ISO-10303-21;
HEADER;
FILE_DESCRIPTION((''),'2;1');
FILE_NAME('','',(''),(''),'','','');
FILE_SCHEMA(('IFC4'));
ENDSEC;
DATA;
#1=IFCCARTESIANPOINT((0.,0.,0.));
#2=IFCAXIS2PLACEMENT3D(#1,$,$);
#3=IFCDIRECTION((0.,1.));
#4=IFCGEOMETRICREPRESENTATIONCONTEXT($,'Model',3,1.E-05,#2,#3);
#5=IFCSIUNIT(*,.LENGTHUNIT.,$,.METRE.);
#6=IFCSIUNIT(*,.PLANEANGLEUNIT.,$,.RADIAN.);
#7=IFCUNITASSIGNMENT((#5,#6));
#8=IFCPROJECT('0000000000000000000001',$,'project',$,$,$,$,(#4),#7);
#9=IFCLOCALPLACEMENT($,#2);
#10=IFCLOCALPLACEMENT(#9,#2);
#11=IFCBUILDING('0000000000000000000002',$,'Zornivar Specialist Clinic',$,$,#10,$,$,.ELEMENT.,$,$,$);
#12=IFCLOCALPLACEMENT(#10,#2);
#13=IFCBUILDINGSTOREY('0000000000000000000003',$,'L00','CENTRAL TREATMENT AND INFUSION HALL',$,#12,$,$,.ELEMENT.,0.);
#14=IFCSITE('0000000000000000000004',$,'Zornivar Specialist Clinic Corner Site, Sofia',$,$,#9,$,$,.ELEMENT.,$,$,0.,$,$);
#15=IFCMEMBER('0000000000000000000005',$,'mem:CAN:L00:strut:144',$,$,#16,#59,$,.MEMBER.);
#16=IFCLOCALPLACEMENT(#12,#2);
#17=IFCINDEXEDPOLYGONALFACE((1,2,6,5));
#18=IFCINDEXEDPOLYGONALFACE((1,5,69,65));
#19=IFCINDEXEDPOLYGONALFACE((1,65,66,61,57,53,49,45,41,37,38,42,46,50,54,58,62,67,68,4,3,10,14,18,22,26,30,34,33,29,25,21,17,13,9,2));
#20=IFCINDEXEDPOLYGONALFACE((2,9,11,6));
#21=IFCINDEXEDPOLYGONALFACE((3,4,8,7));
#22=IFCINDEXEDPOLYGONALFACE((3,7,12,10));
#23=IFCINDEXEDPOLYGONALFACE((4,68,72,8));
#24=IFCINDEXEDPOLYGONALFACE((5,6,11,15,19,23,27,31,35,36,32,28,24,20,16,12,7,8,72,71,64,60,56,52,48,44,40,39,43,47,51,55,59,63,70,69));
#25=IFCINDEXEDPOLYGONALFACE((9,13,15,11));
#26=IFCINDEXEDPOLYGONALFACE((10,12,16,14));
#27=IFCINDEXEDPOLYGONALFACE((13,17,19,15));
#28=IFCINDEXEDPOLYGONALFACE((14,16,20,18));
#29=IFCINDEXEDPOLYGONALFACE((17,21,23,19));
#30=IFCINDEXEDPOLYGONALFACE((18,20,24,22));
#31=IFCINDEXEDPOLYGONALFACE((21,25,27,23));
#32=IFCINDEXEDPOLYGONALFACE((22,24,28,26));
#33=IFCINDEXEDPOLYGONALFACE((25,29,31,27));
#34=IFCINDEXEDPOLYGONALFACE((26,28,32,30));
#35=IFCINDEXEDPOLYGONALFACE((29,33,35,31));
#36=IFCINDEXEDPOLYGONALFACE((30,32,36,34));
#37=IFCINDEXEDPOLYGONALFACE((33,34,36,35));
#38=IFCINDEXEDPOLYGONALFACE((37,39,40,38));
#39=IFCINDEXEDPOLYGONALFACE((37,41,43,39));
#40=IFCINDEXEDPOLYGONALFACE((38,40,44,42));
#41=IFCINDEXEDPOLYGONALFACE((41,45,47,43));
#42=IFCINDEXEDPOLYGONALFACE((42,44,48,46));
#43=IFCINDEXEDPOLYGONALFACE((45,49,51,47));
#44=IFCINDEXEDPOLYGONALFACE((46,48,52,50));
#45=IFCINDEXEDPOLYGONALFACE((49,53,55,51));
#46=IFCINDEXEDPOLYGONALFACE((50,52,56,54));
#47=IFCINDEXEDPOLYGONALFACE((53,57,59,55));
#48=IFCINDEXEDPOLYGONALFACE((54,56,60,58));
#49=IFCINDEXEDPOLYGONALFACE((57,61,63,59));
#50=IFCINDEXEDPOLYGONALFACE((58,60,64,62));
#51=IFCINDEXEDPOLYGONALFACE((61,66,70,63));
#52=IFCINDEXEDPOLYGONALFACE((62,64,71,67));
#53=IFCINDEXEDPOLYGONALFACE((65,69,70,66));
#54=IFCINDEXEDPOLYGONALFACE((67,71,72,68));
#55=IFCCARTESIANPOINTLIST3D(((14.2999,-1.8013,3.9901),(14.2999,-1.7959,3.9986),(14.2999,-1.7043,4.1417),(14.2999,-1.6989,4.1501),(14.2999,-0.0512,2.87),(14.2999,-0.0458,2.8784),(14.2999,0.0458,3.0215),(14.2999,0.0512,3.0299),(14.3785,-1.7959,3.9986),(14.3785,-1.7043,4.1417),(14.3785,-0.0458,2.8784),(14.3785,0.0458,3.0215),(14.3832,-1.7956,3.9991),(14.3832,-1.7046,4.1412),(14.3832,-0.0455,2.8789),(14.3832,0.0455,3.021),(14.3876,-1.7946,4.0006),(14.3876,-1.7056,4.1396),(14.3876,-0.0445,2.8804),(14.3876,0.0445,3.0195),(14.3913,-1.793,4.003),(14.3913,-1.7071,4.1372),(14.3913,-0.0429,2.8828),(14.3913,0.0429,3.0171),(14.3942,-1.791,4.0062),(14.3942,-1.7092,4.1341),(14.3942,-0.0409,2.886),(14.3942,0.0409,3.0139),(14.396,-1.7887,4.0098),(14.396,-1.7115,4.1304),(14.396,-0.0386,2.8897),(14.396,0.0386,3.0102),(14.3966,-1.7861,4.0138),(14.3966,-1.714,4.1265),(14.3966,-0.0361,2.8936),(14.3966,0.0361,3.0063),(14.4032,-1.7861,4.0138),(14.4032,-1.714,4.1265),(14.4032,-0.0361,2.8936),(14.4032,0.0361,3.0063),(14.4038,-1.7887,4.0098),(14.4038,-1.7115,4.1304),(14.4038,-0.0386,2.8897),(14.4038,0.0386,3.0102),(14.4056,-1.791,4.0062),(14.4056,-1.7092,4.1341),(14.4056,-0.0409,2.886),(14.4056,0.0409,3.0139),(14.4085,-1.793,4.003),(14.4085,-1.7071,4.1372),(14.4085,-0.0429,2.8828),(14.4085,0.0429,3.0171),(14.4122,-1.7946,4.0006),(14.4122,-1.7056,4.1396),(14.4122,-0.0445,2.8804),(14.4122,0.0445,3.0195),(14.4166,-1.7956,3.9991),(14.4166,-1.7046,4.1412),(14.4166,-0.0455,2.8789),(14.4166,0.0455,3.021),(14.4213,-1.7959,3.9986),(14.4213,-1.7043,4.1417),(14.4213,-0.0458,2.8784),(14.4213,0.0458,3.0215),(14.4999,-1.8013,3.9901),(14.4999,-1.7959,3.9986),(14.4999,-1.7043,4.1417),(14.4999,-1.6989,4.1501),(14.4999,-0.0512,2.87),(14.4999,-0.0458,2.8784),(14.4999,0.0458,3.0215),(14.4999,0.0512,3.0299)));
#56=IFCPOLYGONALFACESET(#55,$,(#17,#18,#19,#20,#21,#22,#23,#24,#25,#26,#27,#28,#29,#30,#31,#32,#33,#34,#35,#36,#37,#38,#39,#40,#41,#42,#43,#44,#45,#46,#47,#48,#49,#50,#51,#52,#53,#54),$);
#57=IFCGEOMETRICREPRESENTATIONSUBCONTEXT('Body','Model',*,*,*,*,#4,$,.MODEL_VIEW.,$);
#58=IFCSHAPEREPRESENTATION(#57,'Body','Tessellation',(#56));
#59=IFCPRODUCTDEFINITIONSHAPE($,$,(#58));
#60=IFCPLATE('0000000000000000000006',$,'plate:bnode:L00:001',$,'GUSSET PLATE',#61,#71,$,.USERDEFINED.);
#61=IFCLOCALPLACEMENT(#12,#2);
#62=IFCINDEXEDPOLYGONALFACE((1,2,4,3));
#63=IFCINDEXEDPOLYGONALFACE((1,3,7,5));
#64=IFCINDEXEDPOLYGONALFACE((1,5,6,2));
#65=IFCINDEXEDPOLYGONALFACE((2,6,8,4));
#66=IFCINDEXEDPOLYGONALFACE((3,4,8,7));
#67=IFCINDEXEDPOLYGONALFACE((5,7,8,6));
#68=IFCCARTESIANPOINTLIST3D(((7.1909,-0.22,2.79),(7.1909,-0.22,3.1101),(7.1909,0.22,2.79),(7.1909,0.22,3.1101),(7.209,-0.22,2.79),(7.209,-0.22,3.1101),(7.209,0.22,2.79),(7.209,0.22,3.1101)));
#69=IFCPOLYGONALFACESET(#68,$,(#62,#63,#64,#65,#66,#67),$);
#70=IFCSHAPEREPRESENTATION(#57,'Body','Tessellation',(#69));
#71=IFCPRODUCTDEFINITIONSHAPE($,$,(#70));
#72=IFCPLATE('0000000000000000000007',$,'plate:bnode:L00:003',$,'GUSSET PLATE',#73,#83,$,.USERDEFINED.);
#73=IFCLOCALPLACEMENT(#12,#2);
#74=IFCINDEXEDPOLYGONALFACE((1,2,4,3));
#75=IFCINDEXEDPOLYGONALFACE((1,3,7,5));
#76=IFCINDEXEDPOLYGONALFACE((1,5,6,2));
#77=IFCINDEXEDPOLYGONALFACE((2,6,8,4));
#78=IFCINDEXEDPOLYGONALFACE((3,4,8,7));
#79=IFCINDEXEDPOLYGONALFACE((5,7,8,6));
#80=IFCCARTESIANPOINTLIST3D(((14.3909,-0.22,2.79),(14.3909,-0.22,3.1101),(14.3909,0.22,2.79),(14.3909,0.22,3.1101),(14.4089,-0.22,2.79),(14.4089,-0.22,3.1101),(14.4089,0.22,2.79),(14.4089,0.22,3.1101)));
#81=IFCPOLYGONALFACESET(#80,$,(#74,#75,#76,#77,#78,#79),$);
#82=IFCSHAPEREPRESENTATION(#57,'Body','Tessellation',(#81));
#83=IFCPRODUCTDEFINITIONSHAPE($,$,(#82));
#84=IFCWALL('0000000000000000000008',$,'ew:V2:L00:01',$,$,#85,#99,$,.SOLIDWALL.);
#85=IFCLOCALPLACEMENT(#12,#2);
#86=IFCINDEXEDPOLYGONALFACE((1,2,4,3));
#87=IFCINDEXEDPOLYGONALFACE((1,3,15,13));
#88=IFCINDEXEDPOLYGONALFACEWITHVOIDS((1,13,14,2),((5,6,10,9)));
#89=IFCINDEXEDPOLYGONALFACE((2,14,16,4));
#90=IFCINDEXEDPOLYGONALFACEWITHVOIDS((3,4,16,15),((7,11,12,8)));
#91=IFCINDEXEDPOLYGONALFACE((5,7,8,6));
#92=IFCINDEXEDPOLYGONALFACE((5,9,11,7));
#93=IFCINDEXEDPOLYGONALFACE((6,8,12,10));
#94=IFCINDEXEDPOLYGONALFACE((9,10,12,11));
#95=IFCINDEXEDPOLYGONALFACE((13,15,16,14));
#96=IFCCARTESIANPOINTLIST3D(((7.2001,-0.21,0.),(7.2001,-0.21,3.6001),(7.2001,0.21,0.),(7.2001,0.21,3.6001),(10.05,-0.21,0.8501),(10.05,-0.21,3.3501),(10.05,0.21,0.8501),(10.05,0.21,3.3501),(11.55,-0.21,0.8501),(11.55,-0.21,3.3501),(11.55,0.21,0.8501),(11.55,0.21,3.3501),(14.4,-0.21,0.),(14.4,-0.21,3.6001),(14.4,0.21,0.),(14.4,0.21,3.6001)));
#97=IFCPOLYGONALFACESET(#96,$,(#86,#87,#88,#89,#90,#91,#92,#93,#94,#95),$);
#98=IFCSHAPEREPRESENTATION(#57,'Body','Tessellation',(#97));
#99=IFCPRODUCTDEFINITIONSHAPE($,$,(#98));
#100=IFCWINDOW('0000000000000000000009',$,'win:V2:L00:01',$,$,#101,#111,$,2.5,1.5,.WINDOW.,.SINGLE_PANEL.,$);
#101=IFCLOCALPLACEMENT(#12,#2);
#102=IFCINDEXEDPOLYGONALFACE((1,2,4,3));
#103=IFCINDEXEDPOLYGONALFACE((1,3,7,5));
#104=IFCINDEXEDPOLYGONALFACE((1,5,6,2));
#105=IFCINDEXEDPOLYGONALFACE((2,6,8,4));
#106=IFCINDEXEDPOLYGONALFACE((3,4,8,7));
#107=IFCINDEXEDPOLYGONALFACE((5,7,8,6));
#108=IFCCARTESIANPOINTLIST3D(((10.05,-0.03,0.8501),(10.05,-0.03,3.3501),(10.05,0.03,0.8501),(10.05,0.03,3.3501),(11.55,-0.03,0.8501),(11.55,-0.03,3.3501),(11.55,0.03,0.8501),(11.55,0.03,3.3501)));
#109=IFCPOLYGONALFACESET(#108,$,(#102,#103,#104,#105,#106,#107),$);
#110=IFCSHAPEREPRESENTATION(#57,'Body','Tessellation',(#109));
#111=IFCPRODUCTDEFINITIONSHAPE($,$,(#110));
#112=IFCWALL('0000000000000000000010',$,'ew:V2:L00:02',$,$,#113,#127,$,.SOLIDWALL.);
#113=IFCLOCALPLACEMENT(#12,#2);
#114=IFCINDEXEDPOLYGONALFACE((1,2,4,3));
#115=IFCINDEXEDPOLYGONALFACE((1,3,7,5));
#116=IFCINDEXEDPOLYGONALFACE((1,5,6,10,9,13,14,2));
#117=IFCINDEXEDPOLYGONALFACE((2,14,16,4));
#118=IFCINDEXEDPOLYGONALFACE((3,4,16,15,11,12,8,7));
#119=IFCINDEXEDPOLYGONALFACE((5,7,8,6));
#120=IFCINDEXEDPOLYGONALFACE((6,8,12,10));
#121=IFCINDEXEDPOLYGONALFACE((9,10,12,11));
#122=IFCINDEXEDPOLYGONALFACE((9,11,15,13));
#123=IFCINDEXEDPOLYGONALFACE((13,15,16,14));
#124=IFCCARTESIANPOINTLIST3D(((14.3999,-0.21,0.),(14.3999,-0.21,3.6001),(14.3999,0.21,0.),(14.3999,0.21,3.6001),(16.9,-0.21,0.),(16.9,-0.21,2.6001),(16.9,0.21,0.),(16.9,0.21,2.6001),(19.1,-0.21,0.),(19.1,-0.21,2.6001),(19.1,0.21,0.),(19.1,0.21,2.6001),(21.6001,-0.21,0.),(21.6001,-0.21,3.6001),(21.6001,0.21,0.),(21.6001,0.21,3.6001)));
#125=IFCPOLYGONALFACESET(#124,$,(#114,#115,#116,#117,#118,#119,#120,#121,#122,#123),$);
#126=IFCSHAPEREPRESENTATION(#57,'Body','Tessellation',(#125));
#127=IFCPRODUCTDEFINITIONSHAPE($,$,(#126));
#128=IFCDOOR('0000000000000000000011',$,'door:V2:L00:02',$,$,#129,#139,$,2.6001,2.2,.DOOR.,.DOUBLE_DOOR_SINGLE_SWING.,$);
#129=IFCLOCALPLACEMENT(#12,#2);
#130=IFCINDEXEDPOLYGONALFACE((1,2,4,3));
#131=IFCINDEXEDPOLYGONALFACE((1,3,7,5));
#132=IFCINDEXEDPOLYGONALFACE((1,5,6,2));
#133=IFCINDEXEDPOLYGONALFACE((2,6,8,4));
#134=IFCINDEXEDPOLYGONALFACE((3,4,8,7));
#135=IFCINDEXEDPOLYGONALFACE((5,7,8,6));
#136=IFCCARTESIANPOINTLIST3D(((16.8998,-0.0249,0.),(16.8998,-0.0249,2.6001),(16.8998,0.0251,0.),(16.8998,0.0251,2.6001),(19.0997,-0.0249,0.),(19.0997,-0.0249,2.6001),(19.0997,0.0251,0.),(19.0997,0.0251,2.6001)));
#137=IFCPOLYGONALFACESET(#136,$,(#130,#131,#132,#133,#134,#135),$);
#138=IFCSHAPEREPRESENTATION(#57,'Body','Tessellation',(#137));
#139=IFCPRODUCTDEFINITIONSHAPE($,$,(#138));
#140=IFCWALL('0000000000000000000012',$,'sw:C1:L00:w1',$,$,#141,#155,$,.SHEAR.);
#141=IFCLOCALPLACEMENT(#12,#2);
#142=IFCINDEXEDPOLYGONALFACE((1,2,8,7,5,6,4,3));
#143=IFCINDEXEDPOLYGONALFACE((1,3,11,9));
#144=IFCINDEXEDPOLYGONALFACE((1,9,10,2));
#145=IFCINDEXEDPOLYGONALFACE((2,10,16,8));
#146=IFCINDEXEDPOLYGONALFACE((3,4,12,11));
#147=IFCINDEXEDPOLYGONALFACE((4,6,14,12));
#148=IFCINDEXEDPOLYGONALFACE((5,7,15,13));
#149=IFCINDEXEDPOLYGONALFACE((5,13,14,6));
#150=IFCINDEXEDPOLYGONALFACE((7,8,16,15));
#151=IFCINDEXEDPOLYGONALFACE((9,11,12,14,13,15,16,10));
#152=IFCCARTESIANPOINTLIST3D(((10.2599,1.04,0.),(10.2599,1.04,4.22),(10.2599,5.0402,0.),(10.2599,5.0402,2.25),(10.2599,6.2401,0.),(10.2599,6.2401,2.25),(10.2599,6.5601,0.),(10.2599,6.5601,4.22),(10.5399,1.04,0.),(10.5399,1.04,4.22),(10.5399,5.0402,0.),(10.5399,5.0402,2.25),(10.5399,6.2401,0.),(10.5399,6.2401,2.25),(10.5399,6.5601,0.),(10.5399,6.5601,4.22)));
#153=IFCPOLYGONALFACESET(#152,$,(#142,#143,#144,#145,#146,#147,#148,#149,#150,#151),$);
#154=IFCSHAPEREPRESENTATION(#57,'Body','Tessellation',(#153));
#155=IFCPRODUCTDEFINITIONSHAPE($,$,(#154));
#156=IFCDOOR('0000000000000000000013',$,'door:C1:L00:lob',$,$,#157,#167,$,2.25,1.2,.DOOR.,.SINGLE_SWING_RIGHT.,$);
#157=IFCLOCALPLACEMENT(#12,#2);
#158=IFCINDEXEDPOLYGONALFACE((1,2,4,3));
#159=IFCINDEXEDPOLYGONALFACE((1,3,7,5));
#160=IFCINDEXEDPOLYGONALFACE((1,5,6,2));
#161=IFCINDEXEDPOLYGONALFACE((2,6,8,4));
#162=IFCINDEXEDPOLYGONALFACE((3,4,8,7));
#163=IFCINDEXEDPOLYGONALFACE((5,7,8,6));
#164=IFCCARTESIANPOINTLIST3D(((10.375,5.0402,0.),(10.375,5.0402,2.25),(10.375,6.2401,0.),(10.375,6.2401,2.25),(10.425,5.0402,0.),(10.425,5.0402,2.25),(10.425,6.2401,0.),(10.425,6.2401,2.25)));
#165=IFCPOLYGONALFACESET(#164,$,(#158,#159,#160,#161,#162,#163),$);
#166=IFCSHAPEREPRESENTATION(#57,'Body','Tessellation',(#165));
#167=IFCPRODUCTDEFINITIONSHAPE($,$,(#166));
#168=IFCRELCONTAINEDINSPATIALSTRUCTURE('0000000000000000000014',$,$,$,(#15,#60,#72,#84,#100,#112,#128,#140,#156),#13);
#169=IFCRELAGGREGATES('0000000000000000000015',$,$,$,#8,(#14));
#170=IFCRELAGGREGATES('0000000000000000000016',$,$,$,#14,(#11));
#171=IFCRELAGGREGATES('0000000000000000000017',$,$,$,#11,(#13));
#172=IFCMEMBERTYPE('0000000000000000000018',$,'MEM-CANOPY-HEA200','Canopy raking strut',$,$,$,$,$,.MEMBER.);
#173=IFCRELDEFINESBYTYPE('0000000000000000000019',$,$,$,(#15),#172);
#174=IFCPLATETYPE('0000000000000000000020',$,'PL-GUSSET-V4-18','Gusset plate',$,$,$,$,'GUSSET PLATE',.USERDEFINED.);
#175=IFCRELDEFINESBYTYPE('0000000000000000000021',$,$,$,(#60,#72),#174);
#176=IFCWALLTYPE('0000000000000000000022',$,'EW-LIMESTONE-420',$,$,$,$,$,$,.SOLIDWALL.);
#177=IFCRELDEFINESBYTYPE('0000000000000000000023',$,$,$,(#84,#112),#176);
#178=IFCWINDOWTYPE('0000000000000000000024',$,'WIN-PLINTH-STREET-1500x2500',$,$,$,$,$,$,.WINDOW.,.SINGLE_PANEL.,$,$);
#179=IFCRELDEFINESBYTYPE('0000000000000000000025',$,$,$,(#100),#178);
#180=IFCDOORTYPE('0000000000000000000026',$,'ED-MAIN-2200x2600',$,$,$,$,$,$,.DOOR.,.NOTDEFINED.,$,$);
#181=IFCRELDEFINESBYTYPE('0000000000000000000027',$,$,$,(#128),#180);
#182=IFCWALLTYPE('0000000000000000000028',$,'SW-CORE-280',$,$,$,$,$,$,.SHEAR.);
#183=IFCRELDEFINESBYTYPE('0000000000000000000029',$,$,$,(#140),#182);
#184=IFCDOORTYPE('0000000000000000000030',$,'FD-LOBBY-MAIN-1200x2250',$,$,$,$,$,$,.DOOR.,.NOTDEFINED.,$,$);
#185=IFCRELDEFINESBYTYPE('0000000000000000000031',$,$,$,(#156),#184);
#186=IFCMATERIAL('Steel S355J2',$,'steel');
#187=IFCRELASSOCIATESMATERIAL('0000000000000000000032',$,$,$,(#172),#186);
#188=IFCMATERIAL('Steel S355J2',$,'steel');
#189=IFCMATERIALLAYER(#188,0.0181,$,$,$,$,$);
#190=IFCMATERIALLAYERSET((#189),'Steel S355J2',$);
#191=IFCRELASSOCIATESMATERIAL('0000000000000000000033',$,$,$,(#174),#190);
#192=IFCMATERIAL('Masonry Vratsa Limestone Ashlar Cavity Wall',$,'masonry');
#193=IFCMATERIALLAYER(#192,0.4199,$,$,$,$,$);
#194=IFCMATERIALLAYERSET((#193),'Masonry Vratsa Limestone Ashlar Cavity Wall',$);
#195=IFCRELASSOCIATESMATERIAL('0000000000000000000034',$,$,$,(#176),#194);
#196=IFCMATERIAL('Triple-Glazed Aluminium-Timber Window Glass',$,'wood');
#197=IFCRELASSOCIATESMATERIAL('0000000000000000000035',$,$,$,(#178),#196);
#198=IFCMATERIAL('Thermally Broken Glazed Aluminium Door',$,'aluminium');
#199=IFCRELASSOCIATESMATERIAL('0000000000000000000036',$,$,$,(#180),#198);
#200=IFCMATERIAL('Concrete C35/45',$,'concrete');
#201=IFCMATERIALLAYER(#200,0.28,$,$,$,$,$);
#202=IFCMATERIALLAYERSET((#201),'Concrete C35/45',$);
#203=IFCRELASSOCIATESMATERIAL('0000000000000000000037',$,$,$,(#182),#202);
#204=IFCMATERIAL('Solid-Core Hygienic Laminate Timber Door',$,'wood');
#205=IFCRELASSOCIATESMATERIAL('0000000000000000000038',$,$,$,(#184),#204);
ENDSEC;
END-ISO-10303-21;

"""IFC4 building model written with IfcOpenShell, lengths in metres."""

from ifc_helpers import new_model, si_unit, direction, frame, frame_2d, origin, origin_2d, place, context, subcontext, project, spatial, rectangle, i_section, extrude, material, layer, layer_set, material_profile, profile_set, type_object, element, fill, save


model = new_model("IFC4")

# Units and contexts
model_context = context("Model", 3, precision=1e-05, world=origin(), true_north=direction((0.0, 1.0)))
body_context = subcontext(model_context, "Body", "Model", "MODEL_VIEW")
ifc_project = project(units=[si_unit("LENGTHUNIT", "METRE"), si_unit("PLANEANGLEUNIT", "RADIAN")], contexts=[model_context])

# Site, building, storey
site_placement = place(None, origin())
site = spatial("IfcSite", under=ifc_project, at=site_placement, Name="Zornivar Specialist Clinic Corner Site, Sofia", CompositionType="ELEMENT", RefElevation=0.0)
building_placement = place(site_placement, origin())
building = spatial("IfcBuilding", under=site, at=building_placement, Name="Zornivar Specialist Clinic", CompositionType="ELEMENT")
storey_placement = place(building_placement, origin())
storey = spatial("IfcBuildingStorey", under=building, at=storey_placement, Name="L00", Description="CENTRAL TREATMENT AND INFUSION HALL", CompositionType="ELEMENT", Elevation=0.0)

# Member
ifc_material_1 = material(Name="Steel S355J2", Category="steel")
ifc_material_profile_1 = material_profile(ifc_material_1, i_section(OverallWidth=0.2, OverallDepth=0.1899, WebThickness=0.0066, FlangeThickness=0.01, FilletRadius=0.0181, at=origin_2d()), Name="HEA 200")
ifc_profile_set_1 = profile_set([ifc_material_profile_1], Name="Steel S355J2")
member_type = type_object("IfcMemberType", Name="MEM-CANOPY-HEA200", Description="Canopy raking strut", PredefinedType="MEMBER", material=ifc_profile_set_1)
for number, where, z_axis, x_axis, name in (
    (1, (14.3999, 0.0, 2.95), (0.0, -0.842246, 0.539094), (1.0, 0.0, 0.0), "mem:CAN:L00:strut:144"),
):
    element("IfcMember", number, at=place(storey_placement, frame(where, z_axis=z_axis, x_axis=x_axis)), inside=storey, type_object=member_type, Name=name, PredefinedType="MEMBER", context=body_context, shape_type="SweptSolid", body=[
        extrude(i_section(OverallWidth=0.2, OverallDepth=0.1899, WebThickness=0.0066, FlangeThickness=0.01, FilletRadius=0.0181, at=origin_2d()), origin(), (0.0, 0.0, 1.0), 2.0779),
    ])

# Plates
ifc_material_2 = material(Name="Steel S355J2", Category="steel")
ifc_layer_1 = layer(ifc_material_2, 0.0181)
ifc_layer_set_1 = layer_set([ifc_layer_1], Name="Steel S355J2")
plate_type = type_object("IfcPlateType", Name="PL-GUSSET-V4-18", Description="Gusset plate", ElementType="GUSSET PLATE", PredefinedType="USERDEFINED", material=ifc_layer_set_1)
for number, where, z_axis, x_axis, name in (
    (2, (7.2, 0.0, 2.79), (0.0, 0.0, 1.0), (0.0, 1.0, 0.0), "plate:bnode:L00:001"),
    (3, (14.3999, 0.0, 2.79), (0.0, 0.0, 1.0), (0.0, 1.0, 0.0), "plate:bnode:L00:003"),
):
    element("IfcPlate", number, at=place(storey_placement, frame(where, z_axis=z_axis, x_axis=x_axis)), inside=storey, type_object=plate_type, Name=name, ObjectType="GUSSET PLATE", PredefinedType="USERDEFINED", context=body_context, shape_type="SweptSolid", body=[
        extrude(rectangle(XDim=0.4399, YDim=0.0181, at=origin_2d()), origin(), (0.0, 0.0, 1.0), 0.3201),
    ])

# Wall, opening, window
ifc_material_3 = material(Name="Masonry Vratsa Limestone Ashlar Cavity Wall", Category="masonry")
ifc_layer_2 = layer(ifc_material_3, 0.4199)
ifc_layer_set_2 = layer_set([ifc_layer_2], Name="Masonry Vratsa Limestone Ashlar Cavity Wall")
wall_type_1 = type_object("IfcWallType", Name="EW-LIMESTONE-420", PredefinedType="SOLIDWALL", material=ifc_layer_set_2)
wall_1_placement = place(storey_placement, frame((7.2, 0.0, 0.0), z_axis=(0.0, 0.0, 1.0), x_axis=(1.0, 0.0, 0.0)))
wall_1 = element("IfcWall", 4, at=wall_1_placement, inside=storey, type_object=wall_type_1, Name="ew:V2:L00:01", PredefinedType="SOLIDWALL", context=body_context, shape_type="SweptSolid", body=[
    extrude(rectangle(XDim=7.2, YDim=0.4199, at=frame_2d((3.6001, 0.0))), origin(), (0.0, 0.0, 1.0), 3.6001),
])
opening_1_placement = place(wall_1_placement, frame((2.8501, 0.0, 0.8501)))
opening_1 = element("IfcOpeningElement", 5, at=opening_1_placement, cuts=wall_1, PredefinedType="OPENING", context=body_context, shape_type="SweptSolid", body=[
    extrude(rectangle(XDim=1.5, YDim=2.5, at=frame_2d((0.75, 1.25))), frame((0.0, 0.22, 0.0), z_axis=(0.0, -1.0, 0.0), x_axis=(1.0, 0.0, 0.0)), (0.0, 0.0, 1.0), 0.4399),
])
ifc_material_4 = material(Name="Triple-Glazed Aluminium-Timber Window Glass", Category="wood")
window_type = type_object("IfcWindowType", Name="WIN-PLINTH-STREET-1500x2500", PartitioningType="SINGLE_PANEL", PredefinedType="WINDOW", material=ifc_material_4)
window_placement = place(opening_1_placement, origin())
window = element("IfcWindow", 6, at=window_placement, inside=storey, type_object=window_type, Name="win:V2:L00:01", OverallHeight=2.5, OverallWidth=1.5, PartitioningType="SINGLE_PANEL", PredefinedType="WINDOW", context=body_context, shape_type="SweptSolid", body=[
    extrude(rectangle(XDim=1.5, YDim=2.5, at=frame_2d((0.75, 1.25))), frame((0.0, 0.03, 0.0), z_axis=(0.0, -1.0, 0.0), x_axis=(1.0, 0.0, 0.0)), (0.0, 0.0, 1.0), 0.0601),
])
fill(opening_1, window)

# Walls, openings, doors
wall_2_placement = place(storey_placement, frame((14.3999, 0.0, 0.0), z_axis=(0.0, 0.0, 1.0), x_axis=(1.0, 0.0, 0.0)))
wall_2 = element("IfcWall", 7, at=wall_2_placement, inside=storey, type_object=wall_type_1, Name="ew:V2:L00:02", PredefinedType="SOLIDWALL", context=body_context, shape_type="SweptSolid", body=[
    extrude(rectangle(XDim=7.2002, YDim=0.4199, at=frame_2d((3.6001, 0.0))), origin(), (0.0, 0.0, 1.0), 3.6001),
])
opening_2_placement = place(wall_2_placement, frame((2.5, 0.0, 0.0)))
opening_2 = element("IfcOpeningElement", 8, at=opening_2_placement, cuts=wall_2, PredefinedType="OPENING", context=body_context, shape_type="SweptSolid", body=[
    extrude(rectangle(XDim=2.2, YDim=2.6001, at=frame_2d((1.1001, 1.3))), frame((0.0, 0.22, 0.0), z_axis=(0.0, -1.0, 0.0), x_axis=(1.0, 0.0, 0.0)), (0.0, 0.0, 1.0), 0.4399),
])
ifc_material_5 = material(Name="Thermally Broken Glazed Aluminium Door", Category="aluminium")
door_type_1 = type_object("IfcDoorType", Name="ED-MAIN-2200x2600", OperationType="NOTDEFINED", PredefinedType="DOOR", material=ifc_material_5)
door_1_placement = place(opening_2_placement, frame((2.2, 0.0, 0.0), z_axis=(0.0, 0.0, 1.0), x_axis=(-1.0, 0.0, 0.0)))
door_1 = element("IfcDoor", 9, at=door_1_placement, inside=storey, type_object=door_type_1, Name="door:V2:L00:02", OperationType="DOUBLE_DOOR_SINGLE_SWING", OverallHeight=2.6001, OverallWidth=2.2, PredefinedType="DOOR", context=body_context, shape_type="SweptSolid", body=[
    extrude(rectangle(XDim=2.2, YDim=2.6001, at=frame_2d((1.1001, 1.3))), frame((0.0, 0.0249, 0.0), z_axis=(0.0, -1.0, 0.0), x_axis=(1.0, 0.0, 0.0)), (0.0, 0.0, 1.0), 0.05),
])
fill(opening_2, door_1)
ifc_material_6 = material(Name="Concrete C35/45", Category="concrete")
ifc_layer_3 = layer(ifc_material_6, 0.28)
ifc_layer_set_3 = layer_set([ifc_layer_3], Name="Concrete C35/45")
wall_type_2 = type_object("IfcWallType", Name="SW-CORE-280", PredefinedType="SHEAR", material=ifc_layer_set_3)
wall_3_placement = place(storey_placement, frame((10.3999, 1.04, 0.0), z_axis=(0.0, 0.0, 1.0), x_axis=(0.0, 1.0, 0.0)))
wall_3 = element("IfcWall", 10, at=wall_3_placement, inside=storey, type_object=wall_type_2, Name="sw:C1:L00:w1", PredefinedType="SHEAR", context=body_context, shape_type="SweptSolid", body=[
    extrude(rectangle(XDim=5.52, YDim=0.28, at=frame_2d((2.76, 0.0))), origin(), (0.0, 0.0, 1.0), 4.22),
])
opening_3_placement = place(wall_3_placement, frame((4.0, 0.0, 0.0)))
opening_3 = element("IfcOpeningElement", 11, at=opening_3_placement, cuts=wall_3, PredefinedType="OPENING", context=body_context, shape_type="SweptSolid", body=[
    extrude(rectangle(XDim=1.2, YDim=2.25, at=frame_2d((0.6001, 1.125))), frame((0.0, 0.1499, 0.0), z_axis=(0.0, -1.0, 0.0), x_axis=(1.0, 0.0, 0.0)), (0.0, 0.0, 1.0), 0.3),
])
ifc_material_7 = material(Name="Solid-Core Hygienic Laminate Timber Door", Category="wood")
door_type_2 = type_object("IfcDoorType", Name="FD-LOBBY-MAIN-1200x2250", OperationType="NOTDEFINED", PredefinedType="DOOR", material=ifc_material_7)
door_2_placement = place(opening_3_placement, origin())
door_2 = element("IfcDoor", 12, at=door_2_placement, inside=storey, type_object=door_type_2, Name="door:C1:L00:lob", OperationType="SINGLE_SWING_RIGHT", OverallHeight=2.25, OverallWidth=1.2, PredefinedType="DOOR", context=body_context, shape_type="SweptSolid", body=[
    extrude(rectangle(XDim=1.2, YDim=2.25, at=frame_2d((0.6001, 1.125))), frame((0.0, 0.0249, 0.0), z_axis=(0.0, -1.0, 0.0), x_axis=(1.0, 0.0, 0.0)), (0.0, 0.0, 1.0), 0.05),
])
fill(opening_3, door_2)

save(model, "model.ifc")
